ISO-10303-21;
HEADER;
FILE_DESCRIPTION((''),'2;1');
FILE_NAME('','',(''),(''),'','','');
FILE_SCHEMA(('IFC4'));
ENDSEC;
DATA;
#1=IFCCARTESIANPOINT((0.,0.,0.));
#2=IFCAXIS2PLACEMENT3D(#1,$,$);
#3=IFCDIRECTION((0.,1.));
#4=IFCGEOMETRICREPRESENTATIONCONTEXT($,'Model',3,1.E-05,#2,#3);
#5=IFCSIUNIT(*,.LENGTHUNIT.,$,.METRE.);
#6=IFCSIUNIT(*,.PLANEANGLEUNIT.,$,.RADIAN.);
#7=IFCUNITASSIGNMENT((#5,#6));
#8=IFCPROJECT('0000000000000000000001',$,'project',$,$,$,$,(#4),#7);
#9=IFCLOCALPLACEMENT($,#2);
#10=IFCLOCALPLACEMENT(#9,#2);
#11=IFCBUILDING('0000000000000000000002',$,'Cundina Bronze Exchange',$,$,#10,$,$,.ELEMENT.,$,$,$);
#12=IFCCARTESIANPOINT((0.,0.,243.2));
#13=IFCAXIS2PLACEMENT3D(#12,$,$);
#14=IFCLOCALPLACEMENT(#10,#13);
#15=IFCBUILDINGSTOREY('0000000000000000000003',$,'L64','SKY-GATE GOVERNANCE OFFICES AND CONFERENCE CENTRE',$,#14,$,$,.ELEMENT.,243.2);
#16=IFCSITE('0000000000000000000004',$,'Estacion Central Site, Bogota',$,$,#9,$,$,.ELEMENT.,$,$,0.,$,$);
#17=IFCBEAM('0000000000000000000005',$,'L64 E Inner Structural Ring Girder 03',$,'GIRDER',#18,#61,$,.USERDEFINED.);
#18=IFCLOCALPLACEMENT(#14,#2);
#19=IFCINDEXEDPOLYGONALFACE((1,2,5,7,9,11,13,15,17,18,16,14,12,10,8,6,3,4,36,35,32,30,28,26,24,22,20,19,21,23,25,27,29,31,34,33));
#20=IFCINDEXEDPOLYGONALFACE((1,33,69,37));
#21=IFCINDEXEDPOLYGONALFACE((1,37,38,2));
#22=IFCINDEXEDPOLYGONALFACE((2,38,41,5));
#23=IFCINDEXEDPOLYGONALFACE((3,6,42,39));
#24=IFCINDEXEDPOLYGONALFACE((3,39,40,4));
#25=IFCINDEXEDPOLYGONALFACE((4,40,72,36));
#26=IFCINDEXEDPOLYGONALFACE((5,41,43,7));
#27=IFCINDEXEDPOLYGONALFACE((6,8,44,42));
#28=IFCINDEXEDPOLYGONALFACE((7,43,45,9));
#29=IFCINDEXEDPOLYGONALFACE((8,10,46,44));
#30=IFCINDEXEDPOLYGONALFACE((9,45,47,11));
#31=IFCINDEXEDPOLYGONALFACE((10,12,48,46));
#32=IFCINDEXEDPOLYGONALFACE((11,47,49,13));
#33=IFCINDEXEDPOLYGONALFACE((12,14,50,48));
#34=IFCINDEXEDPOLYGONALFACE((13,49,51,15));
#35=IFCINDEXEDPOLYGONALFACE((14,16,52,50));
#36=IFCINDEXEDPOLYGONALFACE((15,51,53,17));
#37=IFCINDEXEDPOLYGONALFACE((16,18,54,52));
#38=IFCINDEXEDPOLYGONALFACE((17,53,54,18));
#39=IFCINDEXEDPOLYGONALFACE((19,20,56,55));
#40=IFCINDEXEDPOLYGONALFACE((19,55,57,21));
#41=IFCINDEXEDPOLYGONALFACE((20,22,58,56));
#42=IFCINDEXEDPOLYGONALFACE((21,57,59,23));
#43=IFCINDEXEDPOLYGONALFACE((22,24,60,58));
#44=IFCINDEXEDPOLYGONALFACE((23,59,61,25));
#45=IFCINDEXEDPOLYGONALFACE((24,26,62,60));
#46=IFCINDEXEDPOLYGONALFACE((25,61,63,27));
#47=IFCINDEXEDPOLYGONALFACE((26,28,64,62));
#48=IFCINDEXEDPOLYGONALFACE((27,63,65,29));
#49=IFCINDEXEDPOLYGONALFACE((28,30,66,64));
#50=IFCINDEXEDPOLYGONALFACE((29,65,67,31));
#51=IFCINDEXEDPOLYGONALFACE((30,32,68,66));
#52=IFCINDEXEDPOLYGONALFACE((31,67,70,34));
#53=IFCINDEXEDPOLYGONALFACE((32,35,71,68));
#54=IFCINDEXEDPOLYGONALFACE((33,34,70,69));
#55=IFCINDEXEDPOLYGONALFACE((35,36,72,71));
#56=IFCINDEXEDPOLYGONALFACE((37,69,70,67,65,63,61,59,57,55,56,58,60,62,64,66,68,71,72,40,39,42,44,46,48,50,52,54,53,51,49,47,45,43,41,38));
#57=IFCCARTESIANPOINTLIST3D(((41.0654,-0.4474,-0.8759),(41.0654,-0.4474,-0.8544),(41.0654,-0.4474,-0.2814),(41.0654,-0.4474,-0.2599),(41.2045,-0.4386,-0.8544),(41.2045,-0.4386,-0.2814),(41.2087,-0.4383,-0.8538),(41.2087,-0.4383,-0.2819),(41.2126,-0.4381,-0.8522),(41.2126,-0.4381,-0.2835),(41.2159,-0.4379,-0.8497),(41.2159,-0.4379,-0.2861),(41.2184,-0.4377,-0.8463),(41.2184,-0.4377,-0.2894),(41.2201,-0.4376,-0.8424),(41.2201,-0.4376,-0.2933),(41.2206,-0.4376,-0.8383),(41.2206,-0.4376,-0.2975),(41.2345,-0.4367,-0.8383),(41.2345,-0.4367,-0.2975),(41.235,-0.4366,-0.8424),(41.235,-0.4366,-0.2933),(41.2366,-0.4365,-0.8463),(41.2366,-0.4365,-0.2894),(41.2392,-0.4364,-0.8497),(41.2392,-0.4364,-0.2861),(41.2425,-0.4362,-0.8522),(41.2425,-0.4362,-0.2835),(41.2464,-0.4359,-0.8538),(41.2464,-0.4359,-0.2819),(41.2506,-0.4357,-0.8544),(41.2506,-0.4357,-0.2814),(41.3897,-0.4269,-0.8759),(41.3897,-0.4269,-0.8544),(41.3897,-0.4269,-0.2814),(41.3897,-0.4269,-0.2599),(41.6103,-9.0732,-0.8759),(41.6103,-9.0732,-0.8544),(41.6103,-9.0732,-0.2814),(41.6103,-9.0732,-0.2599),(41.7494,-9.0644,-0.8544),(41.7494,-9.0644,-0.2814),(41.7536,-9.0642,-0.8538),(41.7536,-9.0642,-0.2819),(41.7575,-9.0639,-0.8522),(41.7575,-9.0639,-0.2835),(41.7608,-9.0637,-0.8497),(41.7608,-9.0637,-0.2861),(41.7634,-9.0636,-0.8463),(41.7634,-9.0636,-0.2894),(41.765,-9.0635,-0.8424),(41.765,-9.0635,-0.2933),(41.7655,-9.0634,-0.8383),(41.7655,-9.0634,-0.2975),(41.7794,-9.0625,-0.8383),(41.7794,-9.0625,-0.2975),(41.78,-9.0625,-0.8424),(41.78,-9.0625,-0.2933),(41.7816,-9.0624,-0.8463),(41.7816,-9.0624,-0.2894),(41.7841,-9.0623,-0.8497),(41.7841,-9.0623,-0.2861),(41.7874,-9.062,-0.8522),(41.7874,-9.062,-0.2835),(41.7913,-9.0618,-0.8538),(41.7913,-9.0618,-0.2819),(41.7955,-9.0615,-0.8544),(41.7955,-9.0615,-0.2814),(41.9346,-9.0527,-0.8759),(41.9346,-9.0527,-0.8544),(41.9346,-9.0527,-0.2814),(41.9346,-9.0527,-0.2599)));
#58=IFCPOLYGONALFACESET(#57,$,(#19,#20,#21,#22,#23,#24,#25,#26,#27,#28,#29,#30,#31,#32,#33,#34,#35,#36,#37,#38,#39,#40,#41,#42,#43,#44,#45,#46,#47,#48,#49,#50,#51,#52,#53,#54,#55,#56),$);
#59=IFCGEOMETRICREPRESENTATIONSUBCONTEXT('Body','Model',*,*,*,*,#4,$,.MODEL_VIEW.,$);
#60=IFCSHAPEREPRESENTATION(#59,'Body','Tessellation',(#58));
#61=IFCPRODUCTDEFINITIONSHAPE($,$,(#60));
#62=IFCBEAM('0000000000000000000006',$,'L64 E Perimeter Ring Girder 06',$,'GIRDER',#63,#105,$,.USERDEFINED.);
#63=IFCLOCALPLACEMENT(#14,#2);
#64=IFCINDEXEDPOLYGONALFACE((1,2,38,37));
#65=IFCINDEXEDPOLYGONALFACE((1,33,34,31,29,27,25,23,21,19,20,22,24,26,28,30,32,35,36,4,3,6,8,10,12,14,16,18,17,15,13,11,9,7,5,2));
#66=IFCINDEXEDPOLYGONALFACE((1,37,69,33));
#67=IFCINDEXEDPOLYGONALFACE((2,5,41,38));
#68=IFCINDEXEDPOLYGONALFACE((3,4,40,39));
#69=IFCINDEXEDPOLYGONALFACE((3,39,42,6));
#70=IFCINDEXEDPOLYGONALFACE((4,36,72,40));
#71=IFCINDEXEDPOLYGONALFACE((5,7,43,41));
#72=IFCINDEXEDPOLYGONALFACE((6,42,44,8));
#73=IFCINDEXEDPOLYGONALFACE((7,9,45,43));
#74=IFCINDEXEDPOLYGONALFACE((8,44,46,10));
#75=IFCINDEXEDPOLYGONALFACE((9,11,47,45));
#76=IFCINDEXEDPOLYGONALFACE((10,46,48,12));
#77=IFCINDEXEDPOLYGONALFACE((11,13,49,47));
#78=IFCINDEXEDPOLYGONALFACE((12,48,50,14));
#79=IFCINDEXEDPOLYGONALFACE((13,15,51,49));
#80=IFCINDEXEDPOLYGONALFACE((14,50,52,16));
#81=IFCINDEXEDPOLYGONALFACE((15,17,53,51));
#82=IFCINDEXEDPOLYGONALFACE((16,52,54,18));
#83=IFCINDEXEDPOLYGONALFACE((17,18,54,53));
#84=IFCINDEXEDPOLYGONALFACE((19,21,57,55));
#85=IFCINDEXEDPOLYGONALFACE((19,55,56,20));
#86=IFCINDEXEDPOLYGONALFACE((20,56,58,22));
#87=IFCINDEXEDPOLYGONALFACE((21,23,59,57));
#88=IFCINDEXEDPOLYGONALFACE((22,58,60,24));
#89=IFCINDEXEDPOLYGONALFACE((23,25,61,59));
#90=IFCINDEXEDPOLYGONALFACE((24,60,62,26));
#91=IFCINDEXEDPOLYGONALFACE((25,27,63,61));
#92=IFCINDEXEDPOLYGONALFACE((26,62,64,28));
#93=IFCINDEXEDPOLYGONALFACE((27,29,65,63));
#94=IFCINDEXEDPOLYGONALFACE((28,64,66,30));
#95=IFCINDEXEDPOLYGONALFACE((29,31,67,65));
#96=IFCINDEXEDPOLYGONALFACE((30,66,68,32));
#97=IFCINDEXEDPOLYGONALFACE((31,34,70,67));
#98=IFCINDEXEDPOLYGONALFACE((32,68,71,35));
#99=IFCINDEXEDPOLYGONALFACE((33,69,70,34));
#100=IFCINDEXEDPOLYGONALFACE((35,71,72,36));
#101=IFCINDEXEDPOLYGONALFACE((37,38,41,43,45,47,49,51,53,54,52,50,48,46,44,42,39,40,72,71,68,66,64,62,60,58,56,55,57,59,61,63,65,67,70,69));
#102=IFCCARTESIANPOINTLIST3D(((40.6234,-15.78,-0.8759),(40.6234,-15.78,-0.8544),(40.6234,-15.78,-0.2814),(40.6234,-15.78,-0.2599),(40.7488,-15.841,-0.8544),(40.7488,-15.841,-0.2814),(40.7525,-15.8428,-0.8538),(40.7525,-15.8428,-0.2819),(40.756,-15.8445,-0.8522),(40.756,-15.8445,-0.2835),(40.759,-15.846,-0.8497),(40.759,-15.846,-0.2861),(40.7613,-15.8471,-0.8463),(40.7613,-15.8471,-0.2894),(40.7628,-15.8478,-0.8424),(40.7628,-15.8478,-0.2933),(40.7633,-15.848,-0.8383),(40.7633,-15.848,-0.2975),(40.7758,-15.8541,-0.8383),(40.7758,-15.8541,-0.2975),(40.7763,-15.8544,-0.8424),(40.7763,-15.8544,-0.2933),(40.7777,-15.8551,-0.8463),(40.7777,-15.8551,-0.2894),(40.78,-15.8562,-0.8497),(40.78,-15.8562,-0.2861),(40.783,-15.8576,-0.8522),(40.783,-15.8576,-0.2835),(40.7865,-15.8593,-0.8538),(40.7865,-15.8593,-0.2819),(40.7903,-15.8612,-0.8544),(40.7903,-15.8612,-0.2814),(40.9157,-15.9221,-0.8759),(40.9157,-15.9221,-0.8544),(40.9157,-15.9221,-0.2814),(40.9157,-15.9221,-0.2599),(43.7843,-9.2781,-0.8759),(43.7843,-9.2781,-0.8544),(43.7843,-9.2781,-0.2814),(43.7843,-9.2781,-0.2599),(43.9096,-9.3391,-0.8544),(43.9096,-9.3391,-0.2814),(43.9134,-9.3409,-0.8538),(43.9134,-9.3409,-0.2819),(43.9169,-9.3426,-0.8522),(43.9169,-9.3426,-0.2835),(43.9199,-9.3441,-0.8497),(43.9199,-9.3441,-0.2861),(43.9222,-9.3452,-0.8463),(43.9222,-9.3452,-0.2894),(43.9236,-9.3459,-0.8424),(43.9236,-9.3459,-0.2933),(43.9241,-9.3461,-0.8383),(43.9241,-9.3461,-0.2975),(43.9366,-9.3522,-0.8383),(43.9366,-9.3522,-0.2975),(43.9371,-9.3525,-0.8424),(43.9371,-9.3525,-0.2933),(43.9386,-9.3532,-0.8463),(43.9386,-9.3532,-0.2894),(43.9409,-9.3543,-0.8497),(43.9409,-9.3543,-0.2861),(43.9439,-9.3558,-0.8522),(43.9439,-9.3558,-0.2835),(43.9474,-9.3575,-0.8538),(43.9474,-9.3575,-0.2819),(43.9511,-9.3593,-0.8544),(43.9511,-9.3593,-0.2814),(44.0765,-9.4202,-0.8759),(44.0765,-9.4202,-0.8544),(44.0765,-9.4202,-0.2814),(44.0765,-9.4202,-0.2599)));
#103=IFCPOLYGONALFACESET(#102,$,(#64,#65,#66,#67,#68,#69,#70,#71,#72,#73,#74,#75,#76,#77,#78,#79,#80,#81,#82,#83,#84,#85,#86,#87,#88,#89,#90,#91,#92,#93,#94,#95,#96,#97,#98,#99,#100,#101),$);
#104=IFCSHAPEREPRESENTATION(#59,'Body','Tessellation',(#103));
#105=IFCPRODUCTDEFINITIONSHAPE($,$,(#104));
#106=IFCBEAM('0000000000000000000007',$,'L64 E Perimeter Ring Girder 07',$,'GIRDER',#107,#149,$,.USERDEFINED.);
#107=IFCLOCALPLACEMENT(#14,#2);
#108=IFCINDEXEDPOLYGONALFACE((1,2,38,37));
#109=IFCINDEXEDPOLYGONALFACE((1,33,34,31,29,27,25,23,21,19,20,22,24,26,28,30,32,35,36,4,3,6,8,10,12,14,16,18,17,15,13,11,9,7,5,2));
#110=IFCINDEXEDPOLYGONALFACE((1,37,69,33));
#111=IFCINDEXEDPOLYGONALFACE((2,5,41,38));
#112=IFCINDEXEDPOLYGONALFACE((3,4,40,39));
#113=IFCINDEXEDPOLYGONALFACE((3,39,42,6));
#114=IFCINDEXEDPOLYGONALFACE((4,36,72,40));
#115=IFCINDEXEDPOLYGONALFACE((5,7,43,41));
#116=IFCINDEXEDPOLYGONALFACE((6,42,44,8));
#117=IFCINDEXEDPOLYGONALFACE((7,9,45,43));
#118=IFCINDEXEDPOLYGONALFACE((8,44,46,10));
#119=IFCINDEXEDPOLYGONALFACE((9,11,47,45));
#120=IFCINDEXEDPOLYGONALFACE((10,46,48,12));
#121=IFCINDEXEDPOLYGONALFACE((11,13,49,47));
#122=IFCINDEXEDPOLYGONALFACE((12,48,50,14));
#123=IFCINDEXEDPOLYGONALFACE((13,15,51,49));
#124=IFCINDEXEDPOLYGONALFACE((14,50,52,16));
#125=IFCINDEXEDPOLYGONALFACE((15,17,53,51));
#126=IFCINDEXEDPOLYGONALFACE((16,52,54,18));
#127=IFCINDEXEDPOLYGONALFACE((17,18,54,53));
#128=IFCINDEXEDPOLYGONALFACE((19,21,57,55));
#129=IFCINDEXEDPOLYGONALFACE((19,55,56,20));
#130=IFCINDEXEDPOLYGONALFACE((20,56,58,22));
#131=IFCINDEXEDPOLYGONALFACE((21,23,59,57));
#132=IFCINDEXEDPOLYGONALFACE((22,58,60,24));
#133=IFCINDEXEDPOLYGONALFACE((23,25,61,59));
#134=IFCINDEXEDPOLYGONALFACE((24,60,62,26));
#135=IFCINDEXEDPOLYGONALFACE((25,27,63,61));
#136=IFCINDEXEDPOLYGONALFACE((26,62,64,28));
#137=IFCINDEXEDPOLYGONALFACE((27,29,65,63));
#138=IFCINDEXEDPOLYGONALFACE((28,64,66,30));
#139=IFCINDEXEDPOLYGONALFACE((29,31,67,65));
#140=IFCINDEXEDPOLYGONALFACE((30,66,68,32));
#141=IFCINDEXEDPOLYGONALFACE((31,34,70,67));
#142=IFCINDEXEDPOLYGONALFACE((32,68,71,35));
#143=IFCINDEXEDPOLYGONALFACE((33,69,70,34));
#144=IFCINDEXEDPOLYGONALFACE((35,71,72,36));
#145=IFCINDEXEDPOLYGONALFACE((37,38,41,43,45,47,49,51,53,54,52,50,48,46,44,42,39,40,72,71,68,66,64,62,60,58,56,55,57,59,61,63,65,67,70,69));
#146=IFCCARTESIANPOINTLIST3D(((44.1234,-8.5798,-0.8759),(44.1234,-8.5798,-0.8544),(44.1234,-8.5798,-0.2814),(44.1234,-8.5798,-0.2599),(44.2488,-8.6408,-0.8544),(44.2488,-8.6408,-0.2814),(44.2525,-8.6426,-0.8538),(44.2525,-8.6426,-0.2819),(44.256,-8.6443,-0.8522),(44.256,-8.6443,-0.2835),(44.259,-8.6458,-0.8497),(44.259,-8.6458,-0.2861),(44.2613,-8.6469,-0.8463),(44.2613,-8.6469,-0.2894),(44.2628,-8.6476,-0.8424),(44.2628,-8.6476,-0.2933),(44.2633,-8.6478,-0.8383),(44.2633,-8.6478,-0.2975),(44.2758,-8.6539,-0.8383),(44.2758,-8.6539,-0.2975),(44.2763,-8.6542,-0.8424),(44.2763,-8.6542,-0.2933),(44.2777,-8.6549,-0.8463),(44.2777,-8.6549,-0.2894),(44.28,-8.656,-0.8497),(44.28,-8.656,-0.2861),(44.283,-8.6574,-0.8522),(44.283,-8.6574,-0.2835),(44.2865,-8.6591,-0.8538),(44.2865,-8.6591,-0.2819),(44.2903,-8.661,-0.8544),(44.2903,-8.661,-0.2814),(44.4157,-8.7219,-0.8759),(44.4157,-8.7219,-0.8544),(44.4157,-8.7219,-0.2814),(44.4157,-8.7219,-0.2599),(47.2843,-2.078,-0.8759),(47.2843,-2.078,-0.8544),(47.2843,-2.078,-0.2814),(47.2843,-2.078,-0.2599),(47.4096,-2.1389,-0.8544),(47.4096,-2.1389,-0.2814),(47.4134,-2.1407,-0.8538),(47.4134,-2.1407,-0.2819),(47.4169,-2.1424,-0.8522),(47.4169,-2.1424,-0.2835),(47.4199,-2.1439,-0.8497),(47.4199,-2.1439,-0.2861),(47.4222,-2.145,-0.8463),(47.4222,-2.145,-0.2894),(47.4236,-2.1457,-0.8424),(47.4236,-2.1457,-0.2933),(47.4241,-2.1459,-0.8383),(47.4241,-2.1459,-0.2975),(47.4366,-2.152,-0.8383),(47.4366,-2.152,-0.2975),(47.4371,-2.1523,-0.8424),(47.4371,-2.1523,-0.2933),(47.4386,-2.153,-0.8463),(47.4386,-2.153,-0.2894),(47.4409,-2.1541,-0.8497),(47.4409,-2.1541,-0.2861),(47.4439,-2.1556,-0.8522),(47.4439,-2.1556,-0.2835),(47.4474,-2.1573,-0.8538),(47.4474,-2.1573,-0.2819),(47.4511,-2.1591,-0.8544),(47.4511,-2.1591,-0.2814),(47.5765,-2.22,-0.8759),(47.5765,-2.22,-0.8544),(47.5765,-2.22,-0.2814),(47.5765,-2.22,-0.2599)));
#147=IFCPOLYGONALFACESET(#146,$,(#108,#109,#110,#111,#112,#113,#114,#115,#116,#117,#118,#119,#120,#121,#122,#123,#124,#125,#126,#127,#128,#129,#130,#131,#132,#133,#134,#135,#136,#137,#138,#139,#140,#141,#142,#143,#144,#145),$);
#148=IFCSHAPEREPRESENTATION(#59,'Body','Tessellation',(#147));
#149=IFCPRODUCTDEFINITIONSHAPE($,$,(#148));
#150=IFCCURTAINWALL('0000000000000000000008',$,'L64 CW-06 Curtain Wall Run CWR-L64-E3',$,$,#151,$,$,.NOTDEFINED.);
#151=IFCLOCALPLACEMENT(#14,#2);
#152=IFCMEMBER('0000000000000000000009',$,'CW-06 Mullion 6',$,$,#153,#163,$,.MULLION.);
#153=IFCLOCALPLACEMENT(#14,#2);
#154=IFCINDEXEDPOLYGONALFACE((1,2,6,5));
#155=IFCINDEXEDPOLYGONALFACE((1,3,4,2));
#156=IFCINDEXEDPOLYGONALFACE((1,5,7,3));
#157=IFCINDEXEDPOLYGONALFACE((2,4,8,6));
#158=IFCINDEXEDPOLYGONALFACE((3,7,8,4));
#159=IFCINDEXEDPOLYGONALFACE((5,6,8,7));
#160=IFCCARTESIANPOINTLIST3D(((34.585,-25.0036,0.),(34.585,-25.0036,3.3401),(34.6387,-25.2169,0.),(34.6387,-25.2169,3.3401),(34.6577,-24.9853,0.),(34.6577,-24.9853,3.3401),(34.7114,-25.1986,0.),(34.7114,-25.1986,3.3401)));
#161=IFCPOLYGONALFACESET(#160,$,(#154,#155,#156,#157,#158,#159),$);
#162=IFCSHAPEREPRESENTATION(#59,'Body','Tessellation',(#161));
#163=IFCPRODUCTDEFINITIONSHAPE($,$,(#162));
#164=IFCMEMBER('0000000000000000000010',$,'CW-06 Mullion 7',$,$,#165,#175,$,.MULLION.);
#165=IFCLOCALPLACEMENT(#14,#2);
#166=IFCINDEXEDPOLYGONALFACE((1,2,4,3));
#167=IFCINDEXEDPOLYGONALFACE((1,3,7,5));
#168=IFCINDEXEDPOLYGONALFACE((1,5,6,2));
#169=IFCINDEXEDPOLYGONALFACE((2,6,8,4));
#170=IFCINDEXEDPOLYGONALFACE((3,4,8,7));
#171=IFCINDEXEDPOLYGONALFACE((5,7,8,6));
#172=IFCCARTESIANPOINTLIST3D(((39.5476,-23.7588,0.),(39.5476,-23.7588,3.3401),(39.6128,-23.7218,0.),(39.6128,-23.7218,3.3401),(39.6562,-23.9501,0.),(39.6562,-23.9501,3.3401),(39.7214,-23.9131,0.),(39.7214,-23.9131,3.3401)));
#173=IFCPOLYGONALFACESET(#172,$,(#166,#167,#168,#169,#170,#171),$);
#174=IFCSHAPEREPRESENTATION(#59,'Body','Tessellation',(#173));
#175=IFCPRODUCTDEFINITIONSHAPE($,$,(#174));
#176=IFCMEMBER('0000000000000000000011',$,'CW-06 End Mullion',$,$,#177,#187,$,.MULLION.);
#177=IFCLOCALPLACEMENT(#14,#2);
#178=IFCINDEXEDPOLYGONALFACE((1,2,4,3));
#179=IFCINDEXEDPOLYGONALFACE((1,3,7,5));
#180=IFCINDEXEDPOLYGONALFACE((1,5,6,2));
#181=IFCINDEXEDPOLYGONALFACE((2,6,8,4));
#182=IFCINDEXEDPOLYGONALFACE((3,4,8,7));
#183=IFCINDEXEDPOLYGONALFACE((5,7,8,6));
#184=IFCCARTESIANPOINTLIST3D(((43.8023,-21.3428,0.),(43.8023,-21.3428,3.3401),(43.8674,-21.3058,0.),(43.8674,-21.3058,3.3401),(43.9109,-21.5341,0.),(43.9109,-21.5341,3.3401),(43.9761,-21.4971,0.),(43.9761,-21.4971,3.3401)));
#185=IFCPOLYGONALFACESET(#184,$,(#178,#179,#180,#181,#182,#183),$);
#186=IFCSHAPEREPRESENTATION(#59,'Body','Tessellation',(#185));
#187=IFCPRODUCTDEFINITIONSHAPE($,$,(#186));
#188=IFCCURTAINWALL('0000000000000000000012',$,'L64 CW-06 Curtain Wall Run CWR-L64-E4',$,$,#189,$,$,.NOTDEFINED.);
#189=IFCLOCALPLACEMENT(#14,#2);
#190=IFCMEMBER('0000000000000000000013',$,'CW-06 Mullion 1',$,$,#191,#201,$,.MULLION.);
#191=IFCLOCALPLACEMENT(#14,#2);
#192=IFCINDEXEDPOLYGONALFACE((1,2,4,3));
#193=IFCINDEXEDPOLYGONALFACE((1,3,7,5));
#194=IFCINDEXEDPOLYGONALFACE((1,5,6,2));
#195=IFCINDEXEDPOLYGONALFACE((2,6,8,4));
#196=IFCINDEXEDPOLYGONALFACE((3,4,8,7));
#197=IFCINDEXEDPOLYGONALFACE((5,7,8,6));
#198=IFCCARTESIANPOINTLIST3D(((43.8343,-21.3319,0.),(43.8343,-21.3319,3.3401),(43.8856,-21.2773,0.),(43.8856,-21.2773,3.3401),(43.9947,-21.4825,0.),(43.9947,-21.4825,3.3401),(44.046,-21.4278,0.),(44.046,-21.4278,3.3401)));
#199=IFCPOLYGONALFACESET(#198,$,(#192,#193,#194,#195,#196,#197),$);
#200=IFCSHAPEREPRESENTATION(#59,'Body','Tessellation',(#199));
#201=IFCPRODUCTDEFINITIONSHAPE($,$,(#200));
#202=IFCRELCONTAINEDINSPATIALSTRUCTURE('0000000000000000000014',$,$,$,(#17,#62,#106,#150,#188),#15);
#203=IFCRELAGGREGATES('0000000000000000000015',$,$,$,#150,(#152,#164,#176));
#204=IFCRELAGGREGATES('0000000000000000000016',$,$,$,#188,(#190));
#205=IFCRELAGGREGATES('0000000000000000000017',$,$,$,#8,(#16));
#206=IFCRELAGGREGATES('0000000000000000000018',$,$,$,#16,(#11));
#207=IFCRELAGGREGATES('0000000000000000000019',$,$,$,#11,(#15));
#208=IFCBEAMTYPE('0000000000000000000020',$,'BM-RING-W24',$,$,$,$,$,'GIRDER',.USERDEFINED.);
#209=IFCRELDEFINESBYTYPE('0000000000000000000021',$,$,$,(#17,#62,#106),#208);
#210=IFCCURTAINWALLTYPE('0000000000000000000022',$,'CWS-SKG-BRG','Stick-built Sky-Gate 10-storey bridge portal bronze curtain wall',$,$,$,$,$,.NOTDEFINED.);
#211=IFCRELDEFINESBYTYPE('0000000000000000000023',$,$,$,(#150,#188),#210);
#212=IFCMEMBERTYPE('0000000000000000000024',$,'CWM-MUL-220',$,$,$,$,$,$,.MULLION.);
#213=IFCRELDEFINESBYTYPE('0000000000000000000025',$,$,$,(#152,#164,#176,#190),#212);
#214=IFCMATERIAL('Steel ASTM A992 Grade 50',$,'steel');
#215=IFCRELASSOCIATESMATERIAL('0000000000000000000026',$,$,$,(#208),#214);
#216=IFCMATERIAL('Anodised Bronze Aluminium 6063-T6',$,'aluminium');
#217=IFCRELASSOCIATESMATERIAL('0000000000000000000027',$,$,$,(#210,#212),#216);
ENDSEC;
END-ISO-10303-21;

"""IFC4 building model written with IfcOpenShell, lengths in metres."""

from ifc_helpers import new_model, si_unit, direction, frame, origin, origin_2d, place, context, subcontext, project, spatial, rectangle, i_section, extrude, material, material_profile, profile_set, type_object, element, aggregate, save


model = new_model("IFC4")

# Units and contexts
model_context = context("Model", 3, precision=1e-05, world=origin(), true_north=direction((0.0, 1.0)))
body_context = subcontext(model_context, "Body", "Model", "MODEL_VIEW")
ifc_project = project(units=[si_unit("LENGTHUNIT", "METRE"), si_unit("PLANEANGLEUNIT", "RADIAN")], contexts=[model_context])

# Site, building, storey
site_placement = place(None, origin())
site = spatial("IfcSite", under=ifc_project, at=site_placement, Name="Estacion Central Site, Bogota", CompositionType="ELEMENT", RefElevation=0.0)
building_placement = place(site_placement, origin())
building = spatial("IfcBuilding", under=site, at=building_placement, Name="Cundina Bronze Exchange", CompositionType="ELEMENT")
storey_placement = place(building_placement, frame((0.0, 0.0, 243.2)))
storey = spatial("IfcBuildingStorey", under=building, at=storey_placement, Name="L64", Description="SKY-GATE GOVERNANCE OFFICES AND CONFERENCE CENTRE", CompositionType="ELEMENT", Elevation=243.2)

# Beams
ifc_material_1 = material(Name="Steel ASTM A992 Grade 50", Category="steel")
ifc_material_profile_1 = material_profile(ifc_material_1, i_section(OverallWidth=0.325, OverallDepth=0.616, WebThickness=0.0139, FlangeThickness=0.0215, FilletRadius=0.0161, at=origin_2d()), Name="W24X117", Category="steel")
ifc_profile_set_1 = profile_set([ifc_material_profile_1], Name="Steel ASTM A992 Grade 50")
beam_type_1 = type_object("IfcBeamType", Name="BM-RING-W24", ElementType="GIRDER", PredefinedType="USERDEFINED", material=ifc_profile_set_1)
beam_1_placement = place(storey_placement, frame((41.7725, -9.063, -0.5679), z_axis=(-0.063047, 0.998011, 0.0), x_axis=(-0.998011, -0.063047, 0.0)))
element("IfcBeam", 1, at=beam_1_placement, inside=storey, type_object=beam_type_1, Name="L64 E Inner Structural Ring Girder 03", ObjectType="GIRDER", PredefinedType="USERDEFINED", context=body_context, shape_type="SweptSolid", body=[
    extrude(i_section(OverallWidth=0.325, OverallDepth=0.616, WebThickness=0.0139, FlangeThickness=0.0215, FilletRadius=0.0161, at=origin_2d()), origin(), (0.0, 0.0, 1.0), 8.6431),
])
for number, where, z_axis, x_axis, name in (
    (2, (40.7695, -15.8511, -0.5679), (0.437217, 0.899356, 0.0), (-0.899356, 0.437217, 0.0), "L64 E Perimeter Ring Girder 06"),
    (3, (44.2695, -8.6509, -0.5679), (0.437217, 0.899356, 0.0), (-0.899356, 0.437217, 0.0), "L64 E Perimeter Ring Girder 07"),
):
    element("IfcBeam", number, at=place(storey_placement, frame(where, z_axis=z_axis, x_axis=x_axis)), inside=storey, type_object=beam_type_1, Name=name, ObjectType="GIRDER", PredefinedType="USERDEFINED", context=body_context, shape_type="SweptSolid", body=[
        extrude(i_section(OverallWidth=0.325, OverallDepth=0.616, WebThickness=0.0139, FlangeThickness=0.0215, FilletRadius=0.0161, at=origin_2d()), origin(), (0.0, 0.0, 1.0), 7.2295),
    ])

# Curtain walls, members
ifc_material_2 = material(Name="Anodised Bronze Aluminium 6063-T6", Category="aluminium")
curtain_wall_type = type_object("IfcCurtainWallType", Name="CWS-SKG-BRG", Description="Stick-built Sky-Gate 10-storey bridge portal bronze curtain wall", PredefinedType="NOTDEFINED", material=ifc_material_2)
curtain_wall_1_placement = place(storey_placement, origin())
curtain_wall_1 = element("IfcCurtainWall", 4, at=curtain_wall_1_placement, inside=storey, type_object=curtain_wall_type, Name="L64 CW-06 Curtain Wall Run CWR-L64-E3", PredefinedType="NOTDEFINED")
ifc_material_profile_2 = material_profile(ifc_material_2, rectangle(XDim=0.075, YDim=0.22, at=origin_2d()), Name="AL75X220", Category="aluminium")
ifc_profile_set_2 = profile_set([ifc_material_profile_2], Name="Anodised Bronze Aluminium 6063-T6")
member_type_1 = type_object("IfcMemberType", Name="CWM-MUL-220", PredefinedType="MULLION", material=ifc_profile_set_2)
member_1_placement = place(storey_placement, frame((34.6482, -25.1011, 0.0), z_axis=(0.0, 0.0, 1.0), x_axis=(0.969744, 0.244123, 0.0)))
member_1 = element("IfcMember", 5, at=member_1_placement, type_object=member_type_1, Name="CW-06 Mullion 6", PredefinedType="MULLION", context=body_context, shape_type="SweptSolid", body=[
    extrude(rectangle(XDim=0.075, YDim=0.22, at=origin_2d()), origin(), (0.0, 0.0, 1.0), 3.3401),
])
member_2_placement = place(storey_placement, frame((39.6345, -23.8359, 0.0), z_axis=(0.0, 0.0, 1.0), x_axis=(0.869581, 0.49379, 0.0)))
member_2 = element("IfcMember", 6, at=member_2_placement, type_object=member_type_1, Name="CW-06 Mullion 7", PredefinedType="MULLION", context=body_context, shape_type="SweptSolid", body=[
    extrude(rectangle(XDim=0.075, YDim=0.22, at=origin_2d()), origin(), (0.0, 0.0, 1.0), 3.3401),
])
member_3_placement = place(storey_placement, frame((43.8892, -21.4199, 0.0), z_axis=(0.0, 0.0, 1.0), x_axis=(0.869581, 0.49379, 0.0)))
member_3 = element("IfcMember", 7, at=member_3_placement, type_object=member_type_1, Name="CW-06 End Mullion", PredefinedType="MULLION", context=body_context, shape_type="SweptSolid", body=[
    extrude(rectangle(XDim=0.075, YDim=0.22, at=origin_2d()), origin(), (0.0, 0.0, 1.0), 3.3401),
])
curtain_wall_2_placement = place(storey_placement, origin())
curtain_wall_2 = element("IfcCurtainWall", 8, at=curtain_wall_2_placement, inside=storey, type_object=curtain_wall_type, Name="L64 CW-06 Curtain Wall Run CWR-L64-E4", PredefinedType="NOTDEFINED")
member_4_placement = place(storey_placement, frame((43.9402, -21.3799, 0.0), z_axis=(0.0, 0.0, 1.0), x_axis=(0.684293, 0.729208, 0.0)))
member_4 = element("IfcMember", 9, at=member_4_placement, type_object=member_type_1, Name="CW-06 Mullion 1", PredefinedType="MULLION", context=body_context, shape_type="SweptSolid", body=[
    extrude(rectangle(XDim=0.075, YDim=0.22, at=origin_2d()), origin(), (0.0, 0.0, 1.0), 3.3401),
])

aggregate(curtain_wall_1, [member_1, member_2, member_3])
aggregate(curtain_wall_2, [member_4])

save(model, "model.ifc")
